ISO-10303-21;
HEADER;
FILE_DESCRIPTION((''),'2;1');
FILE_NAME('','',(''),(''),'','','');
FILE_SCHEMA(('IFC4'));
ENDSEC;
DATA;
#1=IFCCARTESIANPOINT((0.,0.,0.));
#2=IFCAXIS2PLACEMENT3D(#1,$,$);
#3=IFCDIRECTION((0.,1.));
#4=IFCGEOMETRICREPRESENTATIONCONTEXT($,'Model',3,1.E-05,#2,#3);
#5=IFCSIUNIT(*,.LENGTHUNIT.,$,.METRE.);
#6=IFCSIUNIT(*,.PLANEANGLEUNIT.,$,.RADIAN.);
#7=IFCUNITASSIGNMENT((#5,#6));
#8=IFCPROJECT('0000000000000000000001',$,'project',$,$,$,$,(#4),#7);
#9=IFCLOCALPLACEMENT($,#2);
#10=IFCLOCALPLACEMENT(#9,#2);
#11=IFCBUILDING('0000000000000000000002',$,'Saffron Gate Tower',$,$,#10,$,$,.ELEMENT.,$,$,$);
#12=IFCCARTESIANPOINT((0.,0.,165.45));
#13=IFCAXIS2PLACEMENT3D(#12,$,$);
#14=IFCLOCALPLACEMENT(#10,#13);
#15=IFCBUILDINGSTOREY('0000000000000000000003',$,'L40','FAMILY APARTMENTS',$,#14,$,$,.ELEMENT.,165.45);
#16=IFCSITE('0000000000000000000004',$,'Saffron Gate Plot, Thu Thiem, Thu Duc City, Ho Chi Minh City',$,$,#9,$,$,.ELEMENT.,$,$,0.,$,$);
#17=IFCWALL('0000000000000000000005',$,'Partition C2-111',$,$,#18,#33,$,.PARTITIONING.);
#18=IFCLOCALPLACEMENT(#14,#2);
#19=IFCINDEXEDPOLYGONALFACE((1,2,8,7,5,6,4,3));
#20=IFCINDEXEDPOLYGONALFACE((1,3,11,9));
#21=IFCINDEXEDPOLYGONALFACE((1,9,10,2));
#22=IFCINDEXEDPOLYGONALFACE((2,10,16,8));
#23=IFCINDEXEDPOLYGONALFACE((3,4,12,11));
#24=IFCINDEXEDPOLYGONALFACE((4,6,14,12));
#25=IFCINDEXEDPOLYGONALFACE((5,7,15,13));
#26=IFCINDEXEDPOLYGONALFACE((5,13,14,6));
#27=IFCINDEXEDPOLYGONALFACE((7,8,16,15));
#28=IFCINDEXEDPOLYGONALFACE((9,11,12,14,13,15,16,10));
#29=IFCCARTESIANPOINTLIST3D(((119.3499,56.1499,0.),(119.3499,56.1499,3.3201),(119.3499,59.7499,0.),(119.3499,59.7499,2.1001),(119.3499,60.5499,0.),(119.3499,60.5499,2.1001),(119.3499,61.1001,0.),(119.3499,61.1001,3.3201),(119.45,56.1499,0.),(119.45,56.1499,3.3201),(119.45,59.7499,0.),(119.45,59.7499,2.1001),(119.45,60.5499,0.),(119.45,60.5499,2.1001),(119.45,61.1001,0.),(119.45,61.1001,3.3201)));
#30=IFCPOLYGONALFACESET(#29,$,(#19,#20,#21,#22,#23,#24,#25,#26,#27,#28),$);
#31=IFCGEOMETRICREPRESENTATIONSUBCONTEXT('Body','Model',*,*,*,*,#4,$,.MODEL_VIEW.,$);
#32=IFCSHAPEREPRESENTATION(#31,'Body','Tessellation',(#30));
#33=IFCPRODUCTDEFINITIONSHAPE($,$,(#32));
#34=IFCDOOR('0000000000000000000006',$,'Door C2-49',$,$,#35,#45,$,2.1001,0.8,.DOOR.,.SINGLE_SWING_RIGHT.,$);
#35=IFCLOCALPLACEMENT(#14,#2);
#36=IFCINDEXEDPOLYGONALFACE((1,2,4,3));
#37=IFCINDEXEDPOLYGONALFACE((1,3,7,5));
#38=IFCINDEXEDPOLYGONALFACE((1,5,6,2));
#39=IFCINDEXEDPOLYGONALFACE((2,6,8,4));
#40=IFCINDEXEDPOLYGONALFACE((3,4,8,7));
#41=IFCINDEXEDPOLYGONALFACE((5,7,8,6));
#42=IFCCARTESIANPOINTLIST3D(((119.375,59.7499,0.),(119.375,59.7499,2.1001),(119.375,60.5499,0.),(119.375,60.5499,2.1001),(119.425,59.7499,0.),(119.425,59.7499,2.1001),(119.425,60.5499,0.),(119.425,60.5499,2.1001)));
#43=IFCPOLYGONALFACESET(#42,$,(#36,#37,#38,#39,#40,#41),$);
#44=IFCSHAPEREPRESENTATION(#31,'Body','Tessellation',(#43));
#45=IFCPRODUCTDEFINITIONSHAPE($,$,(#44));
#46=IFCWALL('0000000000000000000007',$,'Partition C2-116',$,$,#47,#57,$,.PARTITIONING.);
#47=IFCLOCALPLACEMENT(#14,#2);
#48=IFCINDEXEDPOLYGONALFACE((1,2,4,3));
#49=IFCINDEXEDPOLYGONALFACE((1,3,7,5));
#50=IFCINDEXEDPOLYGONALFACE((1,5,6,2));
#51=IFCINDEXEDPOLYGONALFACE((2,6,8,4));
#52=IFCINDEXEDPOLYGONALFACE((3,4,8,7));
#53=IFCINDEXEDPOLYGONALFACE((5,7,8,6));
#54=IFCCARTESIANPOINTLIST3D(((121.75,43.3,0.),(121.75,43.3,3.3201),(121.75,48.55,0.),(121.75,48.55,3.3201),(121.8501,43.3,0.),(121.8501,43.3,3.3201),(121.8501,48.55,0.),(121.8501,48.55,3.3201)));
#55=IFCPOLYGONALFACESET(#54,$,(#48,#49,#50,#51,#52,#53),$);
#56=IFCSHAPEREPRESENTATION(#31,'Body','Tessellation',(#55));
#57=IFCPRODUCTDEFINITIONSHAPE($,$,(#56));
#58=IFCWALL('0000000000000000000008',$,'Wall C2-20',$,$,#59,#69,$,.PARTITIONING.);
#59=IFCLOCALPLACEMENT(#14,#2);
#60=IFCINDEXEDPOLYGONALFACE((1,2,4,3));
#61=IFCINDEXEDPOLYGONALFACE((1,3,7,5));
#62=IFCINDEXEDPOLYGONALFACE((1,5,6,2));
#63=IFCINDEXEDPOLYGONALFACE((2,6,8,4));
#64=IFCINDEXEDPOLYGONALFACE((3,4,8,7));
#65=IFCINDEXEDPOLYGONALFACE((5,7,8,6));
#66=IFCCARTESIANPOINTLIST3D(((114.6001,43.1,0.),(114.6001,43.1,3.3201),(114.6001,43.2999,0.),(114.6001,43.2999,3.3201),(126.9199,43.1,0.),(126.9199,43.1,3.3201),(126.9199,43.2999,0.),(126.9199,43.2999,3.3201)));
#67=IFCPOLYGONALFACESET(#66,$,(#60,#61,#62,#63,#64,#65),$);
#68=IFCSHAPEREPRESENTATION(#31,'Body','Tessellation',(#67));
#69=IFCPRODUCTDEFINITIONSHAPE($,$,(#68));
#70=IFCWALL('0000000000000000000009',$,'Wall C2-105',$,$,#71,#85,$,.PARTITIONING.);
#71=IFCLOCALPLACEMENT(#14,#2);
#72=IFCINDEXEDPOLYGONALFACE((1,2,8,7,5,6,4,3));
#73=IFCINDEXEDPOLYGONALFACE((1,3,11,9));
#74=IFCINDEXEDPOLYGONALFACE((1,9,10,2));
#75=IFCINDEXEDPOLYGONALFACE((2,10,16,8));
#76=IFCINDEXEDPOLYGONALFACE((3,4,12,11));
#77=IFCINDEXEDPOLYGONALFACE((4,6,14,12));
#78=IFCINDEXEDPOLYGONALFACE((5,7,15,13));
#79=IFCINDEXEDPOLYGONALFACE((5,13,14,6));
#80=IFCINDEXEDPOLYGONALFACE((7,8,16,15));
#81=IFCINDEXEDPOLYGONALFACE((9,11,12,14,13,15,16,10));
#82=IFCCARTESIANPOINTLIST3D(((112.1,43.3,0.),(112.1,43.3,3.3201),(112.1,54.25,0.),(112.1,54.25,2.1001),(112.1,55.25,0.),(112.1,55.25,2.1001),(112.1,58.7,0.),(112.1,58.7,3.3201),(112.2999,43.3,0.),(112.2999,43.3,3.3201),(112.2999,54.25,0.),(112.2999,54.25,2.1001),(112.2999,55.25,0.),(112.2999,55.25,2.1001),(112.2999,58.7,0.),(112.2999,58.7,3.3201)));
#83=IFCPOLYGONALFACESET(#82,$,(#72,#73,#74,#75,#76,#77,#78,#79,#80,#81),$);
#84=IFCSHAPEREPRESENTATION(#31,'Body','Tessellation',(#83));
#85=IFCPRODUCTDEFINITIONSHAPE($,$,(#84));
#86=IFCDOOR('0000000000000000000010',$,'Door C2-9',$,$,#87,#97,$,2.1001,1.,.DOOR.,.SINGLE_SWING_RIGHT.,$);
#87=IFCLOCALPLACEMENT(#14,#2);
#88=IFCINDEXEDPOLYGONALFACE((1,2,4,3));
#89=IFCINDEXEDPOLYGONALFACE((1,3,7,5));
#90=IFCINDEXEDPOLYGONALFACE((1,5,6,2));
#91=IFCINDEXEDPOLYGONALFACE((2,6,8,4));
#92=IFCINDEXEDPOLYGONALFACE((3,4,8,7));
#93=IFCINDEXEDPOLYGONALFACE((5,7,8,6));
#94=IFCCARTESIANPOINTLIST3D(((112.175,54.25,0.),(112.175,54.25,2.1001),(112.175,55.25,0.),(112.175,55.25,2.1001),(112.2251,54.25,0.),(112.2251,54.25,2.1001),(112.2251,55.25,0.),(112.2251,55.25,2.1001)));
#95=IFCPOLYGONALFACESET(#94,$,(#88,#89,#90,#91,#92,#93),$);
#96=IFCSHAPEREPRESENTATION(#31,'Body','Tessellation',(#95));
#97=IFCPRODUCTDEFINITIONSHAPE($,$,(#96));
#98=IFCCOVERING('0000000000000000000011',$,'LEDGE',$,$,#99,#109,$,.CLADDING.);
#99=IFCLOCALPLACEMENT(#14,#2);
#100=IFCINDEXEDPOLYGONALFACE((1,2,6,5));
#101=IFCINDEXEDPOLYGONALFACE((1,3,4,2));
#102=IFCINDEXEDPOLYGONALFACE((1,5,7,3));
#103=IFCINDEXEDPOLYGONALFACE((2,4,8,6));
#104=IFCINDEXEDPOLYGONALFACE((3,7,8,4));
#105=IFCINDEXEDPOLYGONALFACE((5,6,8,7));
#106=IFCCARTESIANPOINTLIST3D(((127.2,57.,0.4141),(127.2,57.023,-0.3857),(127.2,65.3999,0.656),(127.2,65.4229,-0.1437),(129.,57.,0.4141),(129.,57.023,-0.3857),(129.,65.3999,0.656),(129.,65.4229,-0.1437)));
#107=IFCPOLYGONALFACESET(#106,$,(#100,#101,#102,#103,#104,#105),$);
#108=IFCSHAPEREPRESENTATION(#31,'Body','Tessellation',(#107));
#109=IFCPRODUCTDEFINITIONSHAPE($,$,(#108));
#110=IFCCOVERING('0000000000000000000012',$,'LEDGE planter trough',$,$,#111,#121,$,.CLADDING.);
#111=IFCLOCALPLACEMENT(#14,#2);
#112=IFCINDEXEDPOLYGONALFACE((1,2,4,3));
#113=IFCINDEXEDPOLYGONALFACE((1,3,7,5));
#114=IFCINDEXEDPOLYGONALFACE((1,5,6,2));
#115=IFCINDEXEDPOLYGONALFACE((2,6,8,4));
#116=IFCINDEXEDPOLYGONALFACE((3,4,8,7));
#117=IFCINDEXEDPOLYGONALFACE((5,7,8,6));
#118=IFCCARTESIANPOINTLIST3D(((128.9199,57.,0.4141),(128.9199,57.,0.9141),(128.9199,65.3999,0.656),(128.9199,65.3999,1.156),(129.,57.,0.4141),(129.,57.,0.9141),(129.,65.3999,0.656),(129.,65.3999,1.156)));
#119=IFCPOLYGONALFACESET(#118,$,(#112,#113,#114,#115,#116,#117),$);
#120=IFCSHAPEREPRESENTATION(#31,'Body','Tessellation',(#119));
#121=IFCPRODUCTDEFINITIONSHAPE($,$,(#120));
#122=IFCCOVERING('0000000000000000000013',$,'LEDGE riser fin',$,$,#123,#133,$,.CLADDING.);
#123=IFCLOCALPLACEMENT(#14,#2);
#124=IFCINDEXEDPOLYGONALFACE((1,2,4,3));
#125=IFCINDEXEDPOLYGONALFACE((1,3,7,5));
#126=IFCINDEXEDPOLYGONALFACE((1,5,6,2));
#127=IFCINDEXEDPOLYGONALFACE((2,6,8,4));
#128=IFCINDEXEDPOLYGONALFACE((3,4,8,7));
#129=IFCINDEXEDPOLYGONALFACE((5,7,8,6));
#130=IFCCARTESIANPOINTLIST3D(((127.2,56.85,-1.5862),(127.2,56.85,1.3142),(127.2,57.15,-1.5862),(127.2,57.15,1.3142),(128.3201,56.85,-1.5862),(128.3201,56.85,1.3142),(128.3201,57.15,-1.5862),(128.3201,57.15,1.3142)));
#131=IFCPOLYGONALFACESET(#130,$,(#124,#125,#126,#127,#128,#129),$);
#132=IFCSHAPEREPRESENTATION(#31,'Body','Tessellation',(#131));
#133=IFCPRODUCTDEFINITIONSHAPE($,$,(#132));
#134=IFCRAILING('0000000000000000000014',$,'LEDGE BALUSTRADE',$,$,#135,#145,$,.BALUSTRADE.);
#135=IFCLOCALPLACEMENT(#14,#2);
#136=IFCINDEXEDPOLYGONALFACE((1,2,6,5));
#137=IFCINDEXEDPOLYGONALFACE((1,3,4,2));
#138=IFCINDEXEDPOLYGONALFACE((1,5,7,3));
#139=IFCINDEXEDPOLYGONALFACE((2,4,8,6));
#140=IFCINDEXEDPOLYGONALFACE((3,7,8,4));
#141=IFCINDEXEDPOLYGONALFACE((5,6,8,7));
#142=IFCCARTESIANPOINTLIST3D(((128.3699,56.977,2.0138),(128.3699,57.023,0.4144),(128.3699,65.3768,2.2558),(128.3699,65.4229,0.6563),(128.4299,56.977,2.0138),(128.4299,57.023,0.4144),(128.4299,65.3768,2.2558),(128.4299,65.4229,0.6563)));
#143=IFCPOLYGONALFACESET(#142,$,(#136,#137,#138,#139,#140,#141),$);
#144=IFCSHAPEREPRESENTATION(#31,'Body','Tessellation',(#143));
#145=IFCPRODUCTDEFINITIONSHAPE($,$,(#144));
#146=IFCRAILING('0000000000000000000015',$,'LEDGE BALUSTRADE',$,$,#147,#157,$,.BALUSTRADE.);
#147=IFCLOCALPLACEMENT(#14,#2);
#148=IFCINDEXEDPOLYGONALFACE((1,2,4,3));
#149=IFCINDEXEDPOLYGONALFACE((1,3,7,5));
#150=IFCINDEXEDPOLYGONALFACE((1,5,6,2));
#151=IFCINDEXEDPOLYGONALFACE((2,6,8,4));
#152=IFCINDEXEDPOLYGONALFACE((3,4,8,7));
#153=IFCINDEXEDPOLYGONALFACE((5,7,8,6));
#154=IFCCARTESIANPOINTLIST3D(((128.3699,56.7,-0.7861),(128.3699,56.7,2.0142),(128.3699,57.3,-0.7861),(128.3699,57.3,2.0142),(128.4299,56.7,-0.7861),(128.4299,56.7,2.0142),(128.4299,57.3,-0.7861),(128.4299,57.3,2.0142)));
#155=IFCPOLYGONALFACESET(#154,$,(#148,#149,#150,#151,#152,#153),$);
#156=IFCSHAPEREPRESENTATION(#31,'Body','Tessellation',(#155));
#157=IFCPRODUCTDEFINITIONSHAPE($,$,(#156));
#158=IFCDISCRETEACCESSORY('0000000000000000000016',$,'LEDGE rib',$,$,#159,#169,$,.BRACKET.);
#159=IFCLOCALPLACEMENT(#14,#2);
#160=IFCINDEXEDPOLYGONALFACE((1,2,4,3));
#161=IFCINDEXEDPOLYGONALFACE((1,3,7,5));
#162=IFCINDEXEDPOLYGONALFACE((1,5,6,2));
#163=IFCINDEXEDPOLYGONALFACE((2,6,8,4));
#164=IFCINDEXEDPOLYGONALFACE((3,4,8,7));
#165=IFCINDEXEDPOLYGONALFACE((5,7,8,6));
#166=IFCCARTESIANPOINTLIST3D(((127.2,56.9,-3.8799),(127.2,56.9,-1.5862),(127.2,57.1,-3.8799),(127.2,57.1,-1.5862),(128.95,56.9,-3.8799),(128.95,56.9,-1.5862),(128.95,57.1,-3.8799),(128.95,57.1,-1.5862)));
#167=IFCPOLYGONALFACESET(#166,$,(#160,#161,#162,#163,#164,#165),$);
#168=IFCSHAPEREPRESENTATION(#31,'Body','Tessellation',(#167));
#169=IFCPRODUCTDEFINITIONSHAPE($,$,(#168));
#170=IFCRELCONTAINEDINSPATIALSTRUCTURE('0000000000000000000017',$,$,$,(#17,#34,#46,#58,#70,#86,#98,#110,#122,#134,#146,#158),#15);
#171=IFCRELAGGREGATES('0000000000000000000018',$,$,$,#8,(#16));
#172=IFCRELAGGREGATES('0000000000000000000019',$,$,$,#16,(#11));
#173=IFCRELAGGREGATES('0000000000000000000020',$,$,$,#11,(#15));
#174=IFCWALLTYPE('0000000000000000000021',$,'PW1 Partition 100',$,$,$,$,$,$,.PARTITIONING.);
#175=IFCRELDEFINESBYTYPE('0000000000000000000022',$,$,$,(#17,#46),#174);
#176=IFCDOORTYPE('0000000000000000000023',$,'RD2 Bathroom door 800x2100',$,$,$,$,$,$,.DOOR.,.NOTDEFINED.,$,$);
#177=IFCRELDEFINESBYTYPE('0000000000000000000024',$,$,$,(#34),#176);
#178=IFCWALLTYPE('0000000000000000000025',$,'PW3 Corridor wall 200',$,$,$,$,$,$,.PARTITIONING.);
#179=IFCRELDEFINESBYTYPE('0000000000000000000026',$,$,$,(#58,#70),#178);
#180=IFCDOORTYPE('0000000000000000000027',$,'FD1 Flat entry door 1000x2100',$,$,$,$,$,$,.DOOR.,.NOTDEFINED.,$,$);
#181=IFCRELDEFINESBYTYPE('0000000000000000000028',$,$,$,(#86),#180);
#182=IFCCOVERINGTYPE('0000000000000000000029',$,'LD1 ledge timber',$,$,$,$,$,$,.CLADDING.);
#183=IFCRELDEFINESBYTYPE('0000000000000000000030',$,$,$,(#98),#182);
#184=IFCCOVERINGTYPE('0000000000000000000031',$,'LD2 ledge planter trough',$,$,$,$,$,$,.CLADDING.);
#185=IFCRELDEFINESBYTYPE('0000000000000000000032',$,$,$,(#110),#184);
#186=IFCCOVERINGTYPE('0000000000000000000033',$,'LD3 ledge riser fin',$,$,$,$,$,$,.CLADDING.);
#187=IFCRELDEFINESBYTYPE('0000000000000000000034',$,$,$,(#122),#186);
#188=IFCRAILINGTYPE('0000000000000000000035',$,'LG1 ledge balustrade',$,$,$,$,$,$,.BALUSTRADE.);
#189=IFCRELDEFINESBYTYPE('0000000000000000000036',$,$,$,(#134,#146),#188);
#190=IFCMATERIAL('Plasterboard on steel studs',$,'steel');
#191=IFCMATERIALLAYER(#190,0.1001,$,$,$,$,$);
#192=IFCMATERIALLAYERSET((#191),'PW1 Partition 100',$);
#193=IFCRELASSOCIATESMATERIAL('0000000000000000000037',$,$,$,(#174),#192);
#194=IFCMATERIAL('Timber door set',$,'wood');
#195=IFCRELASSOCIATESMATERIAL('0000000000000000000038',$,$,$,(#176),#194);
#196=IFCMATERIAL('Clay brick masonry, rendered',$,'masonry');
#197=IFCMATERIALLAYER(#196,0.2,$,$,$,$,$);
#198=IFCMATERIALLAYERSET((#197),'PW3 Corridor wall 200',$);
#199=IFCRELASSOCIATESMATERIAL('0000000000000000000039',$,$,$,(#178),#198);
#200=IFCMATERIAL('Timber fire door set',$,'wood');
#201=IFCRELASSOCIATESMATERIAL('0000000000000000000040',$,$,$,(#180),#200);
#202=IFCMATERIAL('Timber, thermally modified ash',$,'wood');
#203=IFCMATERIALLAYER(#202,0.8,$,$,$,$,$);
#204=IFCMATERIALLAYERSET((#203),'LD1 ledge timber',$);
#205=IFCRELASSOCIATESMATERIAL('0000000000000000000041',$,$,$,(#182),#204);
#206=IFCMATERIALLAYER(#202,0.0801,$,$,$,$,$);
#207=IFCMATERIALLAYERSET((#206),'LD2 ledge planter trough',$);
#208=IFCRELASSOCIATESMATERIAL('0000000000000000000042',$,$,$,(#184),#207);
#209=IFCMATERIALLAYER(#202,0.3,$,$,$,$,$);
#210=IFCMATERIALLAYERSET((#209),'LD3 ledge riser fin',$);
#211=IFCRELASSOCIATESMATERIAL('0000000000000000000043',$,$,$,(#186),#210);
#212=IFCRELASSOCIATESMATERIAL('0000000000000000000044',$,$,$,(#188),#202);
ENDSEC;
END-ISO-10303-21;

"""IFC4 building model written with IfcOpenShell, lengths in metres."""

from ifc_helpers import new_model, si_unit, direction, frame, frame_2d, origin, origin_2d, place, context, subcontext, project, spatial, polyline, rectangle, outline, extrude, material, layer, layer_set, type_object, element, fill, save


model = new_model("IFC4")

# Units and contexts
model_context = context("Model", 3, precision=1e-05, world=origin(), true_north=direction((0.0, 1.0)))
body_context = subcontext(model_context, "Body", "Model", "MODEL_VIEW")
ifc_project = project(units=[si_unit("LENGTHUNIT", "METRE"), si_unit("PLANEANGLEUNIT", "RADIAN")], contexts=[model_context])

# Site, building, storey
site_placement = place(None, origin())
site = spatial("IfcSite", under=ifc_project, at=site_placement, Name="Saffron Gate Plot, Thu Thiem, Thu Duc City, Ho Chi Minh City", CompositionType="ELEMENT", RefElevation=0.0)
building_placement = place(site_placement, origin())
building = spatial("IfcBuilding", under=site, at=building_placement, Name="Saffron Gate Tower", CompositionType="ELEMENT")
storey_placement = place(building_placement, frame((0.0, 0.0, 165.45)))
storey = spatial("IfcBuildingStorey", under=building, at=storey_placement, Name="L40", Description="FAMILY APARTMENTS", CompositionType="ELEMENT", Elevation=165.45)

# Shared definitions
ifc_material_1 = material(Name="Plasterboard on steel studs", Category="steel")
ifc_layer_1 = layer(ifc_material_1, 0.1001)
ifc_layer_set_1 = layer_set([ifc_layer_1], Name="PW1 Partition 100")
wall_type_1 = type_object("IfcWallType", Name="PW1 Partition 100", PredefinedType="PARTITIONING", material=ifc_layer_set_1)
ifc_material_2 = material(Name="Timber door set", Category="wood")

# Shared definitions
door_type_1 = type_object("IfcDoorType", Name="RD2 Bathroom door 800x2100", OperationType="NOTDEFINED", PredefinedType="DOOR", material=ifc_material_2)

# Wall, opening, door
wall_1_placement = place(storey_placement, frame((119.3999, 56.1499, 0.0), z_axis=(0.0, 0.0, 1.0), x_axis=(0.0, 1.0, 0.0)))
wall_1 = element("IfcWall", 1, at=wall_1_placement, inside=storey, type_object=wall_type_1, Name="Partition C2-111", PredefinedType="PARTITIONING", context=body_context, shape_type="SweptSolid", body=[
    extrude(rectangle(XDim=4.9502, YDim=0.1001, at=frame_2d((2.4751, 0.0))), origin(), (0.0, 0.0, 1.0), 3.3201),
])
opening_1_placement = place(wall_1_placement, frame((3.6001, 0.0, 0.0)))
opening_1 = element("IfcOpeningElement", 2, at=opening_1_placement, cuts=wall_1, PredefinedType="OPENING", context=body_context, shape_type="SweptSolid", body=[
    extrude(rectangle(XDim=0.8, YDim=2.1001, at=frame_2d((0.3999, 1.05))), frame((0.0, 0.0601, 0.0), z_axis=(0.0, -1.0, 0.0), x_axis=(1.0, 0.0, 0.0)), (0.0, 0.0, 1.0), 0.1201),
])
door_1_placement = place(opening_1_placement, origin())
door_1 = element("IfcDoor", 3, at=door_1_placement, inside=storey, type_object=door_type_1, Name="Door C2-49", OperationType="SINGLE_SWING_RIGHT", OverallHeight=2.1001, OverallWidth=0.8, PredefinedType="DOOR", context=body_context, shape_type="SweptSolid", body=[
    extrude(rectangle(XDim=0.8, YDim=2.1001, at=frame_2d((0.3999, 1.05))), frame((0.0, 0.0249, 0.0), z_axis=(0.0, -1.0, 0.0), x_axis=(1.0, 0.0, 0.0)), (0.0, 0.0, 1.0), 0.05),
])
fill(opening_1, door_1)

# Walls
wall_2_placement = place(storey_placement, frame((121.8, 48.55, 0.0), z_axis=(0.0, 0.0, 1.0), x_axis=(0.0, -1.0, 0.0)))
element("IfcWall", 4, at=wall_2_placement, inside=storey, type_object=wall_type_1, Name="Partition C2-116", PredefinedType="PARTITIONING", context=body_context, shape_type="SweptSolid", body=[
    extrude(rectangle(XDim=5.25, YDim=0.1001, at=frame_2d((2.625, 0.0))), origin(), (0.0, 0.0, 1.0), 3.3201),
])
ifc_material_3 = material(Name="Clay brick masonry, rendered", Category="masonry")
ifc_layer_2 = layer(ifc_material_3, 0.2)
ifc_layer_set_2 = layer_set([ifc_layer_2], Name="PW3 Corridor wall 200")
wall_type_2 = type_object("IfcWallType", Name="PW3 Corridor wall 200", PredefinedType="PARTITIONING", material=ifc_layer_set_2)
wall_3_placement = place(storey_placement, frame((114.6001, 43.2, 0.0), z_axis=(0.0, 0.0, 1.0), x_axis=(1.0, 0.0, 0.0)))
element("IfcWall", 5, at=wall_3_placement, inside=storey, type_object=wall_type_2, Name="Wall C2-20", PredefinedType="PARTITIONING", context=body_context, shape_type="SweptSolid", body=[
    extrude(rectangle(XDim=12.3198, YDim=0.2, at=frame_2d((6.1599, 0.0))), origin(), (0.0, 0.0, 1.0), 3.3201),
])

# Wall, opening, door
wall_4_placement = place(storey_placement, frame((112.2, 43.3, 0.0), z_axis=(0.0, 0.0, 1.0), x_axis=(0.0, 1.0, 0.0)))
wall_4 = element("IfcWall", 6, at=wall_4_placement, inside=storey, type_object=wall_type_2, Name="Wall C2-105", PredefinedType="PARTITIONING", context=body_context, shape_type="SweptSolid", body=[
    extrude(rectangle(XDim=15.3999, YDim=0.2, at=frame_2d((7.7, 0.0))), origin(), (0.0, 0.0, 1.0), 3.3201),
])
opening_2_placement = place(wall_4_placement, frame((10.95, 0.0, 0.0)))
opening_2 = element("IfcOpeningElement", 7, at=opening_2_placement, cuts=wall_4, PredefinedType="OPENING", context=body_context, shape_type="SweptSolid", body=[
    extrude(rectangle(XDim=1.0, YDim=2.1001, at=frame_2d((0.5, 1.05))), frame((0.0, 0.1099, 0.0), z_axis=(0.0, -1.0, 0.0), x_axis=(1.0, 0.0, 0.0)), (0.0, 0.0, 1.0), 0.22),
])
ifc_material_4 = material(Name="Timber fire door set", Category="wood")
door_type_2 = type_object("IfcDoorType", Name="FD1 Flat entry door 1000x2100", OperationType="NOTDEFINED", PredefinedType="DOOR", material=ifc_material_4)
door_2_placement = place(opening_2_placement, origin())
door_2 = element("IfcDoor", 8, at=door_2_placement, inside=storey, type_object=door_type_2, Name="Door C2-9", OperationType="SINGLE_SWING_RIGHT", OverallHeight=2.1001, OverallWidth=1.0, PredefinedType="DOOR", context=body_context, shape_type="SweptSolid", body=[
    extrude(rectangle(XDim=1.0, YDim=2.1001, at=frame_2d((0.5, 1.05))), frame((0.0, 0.0249, 0.0), z_axis=(0.0, -1.0, 0.0), x_axis=(1.0, 0.0, 0.0)), (0.0, 0.0, 1.0), 0.05),
])
fill(opening_2, door_2)

# Coverings
ifc_material_5 = material(Name="Timber, thermally modified ash", Category="wood")
ifc_layer_3 = layer(ifc_material_5, 0.8)
ifc_layer_set_3 = layer_set([ifc_layer_3], Name="LD1 ledge timber")
covering_type_1 = type_object("IfcCoveringType", Name="LD1 ledge timber", PredefinedType="CLADDING", material=ifc_layer_set_3)
covering_1_placement = place(storey_placement, frame((127.2, 57.0, 0.4141), z_axis=(0.0, -0.028791, 0.999585), x_axis=(0.0, 0.999585, 0.028791)))
element("IfcCovering", 9, at=covering_1_placement, inside=storey, type_object=covering_type_1, Name="LEDGE", PredefinedType="CLADDING", context=body_context, shape_type="SweptSolid", body=[
    extrude(outline(polyline([(0.0, 0.0), (8.4034, 0.0), (8.4034, -1.8), (0.0, -1.8), (0.0, 0.0)])), origin(), (0.0, 0.0, -1.0), 0.8),
])
ifc_layer_4 = layer(ifc_material_5, 0.0801)
ifc_layer_set_4 = layer_set([ifc_layer_4], Name="LD2 ledge planter trough")
covering_type_2 = type_object("IfcCoveringType", Name="LD2 ledge planter trough", PredefinedType="CLADDING", material=ifc_layer_set_4)
covering_2_placement = place(storey_placement, frame((129.0, 57.0, 0.4141), z_axis=(1.0, 0.0, 0.0), x_axis=(0.0, 0.999585, 0.028791)))
element("IfcCovering", 10, at=covering_2_placement, inside=storey, type_object=covering_type_2, Name="LEDGE planter trough", PredefinedType="CLADDING", context=body_context, shape_type="SweptSolid", body=[
    extrude(outline(polyline([(0.0, 0.0), (8.4034, 0.0), (8.4178, 0.4998), (0.0144, 0.4998), (0.0, 0.0)])), origin(), (0.0, 0.0, -1.0), 0.0801),
])
ifc_layer_5 = layer(ifc_material_5, 0.3)
ifc_layer_set_5 = layer_set([ifc_layer_5], Name="LD3 ledge riser fin")
covering_type_3 = type_object("IfcCoveringType", Name="LD3 ledge riser fin", PredefinedType="CLADDING", material=ifc_layer_set_5)
covering_3_placement = place(storey_placement, frame((127.76, 57.0, -1.5862), z_axis=(0.0, 0.0, 1.0), x_axis=(0.0, 1.0, 0.0)))
element("IfcCovering", 11, at=covering_3_placement, inside=storey, type_object=covering_type_3, Name="LEDGE riser fin", PredefinedType="CLADDING", context=body_context, shape_type="SweptSolid", body=[
    extrude(rectangle(XDim=0.3, YDim=1.1201, at=origin_2d()), origin(), (0.0, 0.0, 1.0), 2.9004),
])

# Railings
railing_type = type_object("IfcRailingType", Name="LG1 ledge balustrade", PredefinedType="BALUSTRADE", material=ifc_material_5)
railing_1_placement = place(storey_placement, frame((128.3999, 57.0, 0.4141)))
element("IfcRailing", 12, at=railing_1_placement, inside=storey, type_object=railing_type, Name="LEDGE BALUSTRADE", PredefinedType="BALUSTRADE", context=body_context, shape_type="SweptSolid", body=[
    extrude(rectangle(XDim=0.0601, YDim=1.6001, at=origin_2d()), frame((0.0, 0.0, 0.8), z_axis=(0.0, 0.999585, 0.028791), x_axis=(-1.0, 0.0, 0.0)), (0.0, 0.0, 1.0), 8.4033),
])
railing_2_placement = place(storey_placement, frame((128.3999, 56.7, -0.7861)))
element("IfcRailing", 13, at=railing_2_placement, inside=storey, type_object=railing_type, Name="LEDGE BALUSTRADE", PredefinedType="BALUSTRADE", context=body_context, shape_type="SweptSolid", body=[
    extrude(rectangle(XDim=0.0601, YDim=2.8003, at=origin_2d()), frame((0.0, 0.0, 1.4001), z_axis=(0.0, 1.0, 0.0), x_axis=(-1.0, 0.0, 0.0)), (0.0, 0.0, 1.0), 0.6001),
])

# Discrete accessory
discrete_accessory_placement = place(storey_placement, frame((128.075, 57.0, -3.8799), z_axis=(0.0, 0.0, 1.0), x_axis=(0.0, 1.0, 0.0)))
element("IfcDiscreteAccessory", 14, at=discrete_accessory_placement, inside=storey, Name="LEDGE rib", PredefinedType="BRACKET", context=body_context, shape_type="SweptSolid", body=[
    extrude(rectangle(XDim=0.2, YDim=1.75, at=origin_2d()), origin(), (0.0, 0.0, 1.0), 2.2937),
])

save(model, "model.ifc")
